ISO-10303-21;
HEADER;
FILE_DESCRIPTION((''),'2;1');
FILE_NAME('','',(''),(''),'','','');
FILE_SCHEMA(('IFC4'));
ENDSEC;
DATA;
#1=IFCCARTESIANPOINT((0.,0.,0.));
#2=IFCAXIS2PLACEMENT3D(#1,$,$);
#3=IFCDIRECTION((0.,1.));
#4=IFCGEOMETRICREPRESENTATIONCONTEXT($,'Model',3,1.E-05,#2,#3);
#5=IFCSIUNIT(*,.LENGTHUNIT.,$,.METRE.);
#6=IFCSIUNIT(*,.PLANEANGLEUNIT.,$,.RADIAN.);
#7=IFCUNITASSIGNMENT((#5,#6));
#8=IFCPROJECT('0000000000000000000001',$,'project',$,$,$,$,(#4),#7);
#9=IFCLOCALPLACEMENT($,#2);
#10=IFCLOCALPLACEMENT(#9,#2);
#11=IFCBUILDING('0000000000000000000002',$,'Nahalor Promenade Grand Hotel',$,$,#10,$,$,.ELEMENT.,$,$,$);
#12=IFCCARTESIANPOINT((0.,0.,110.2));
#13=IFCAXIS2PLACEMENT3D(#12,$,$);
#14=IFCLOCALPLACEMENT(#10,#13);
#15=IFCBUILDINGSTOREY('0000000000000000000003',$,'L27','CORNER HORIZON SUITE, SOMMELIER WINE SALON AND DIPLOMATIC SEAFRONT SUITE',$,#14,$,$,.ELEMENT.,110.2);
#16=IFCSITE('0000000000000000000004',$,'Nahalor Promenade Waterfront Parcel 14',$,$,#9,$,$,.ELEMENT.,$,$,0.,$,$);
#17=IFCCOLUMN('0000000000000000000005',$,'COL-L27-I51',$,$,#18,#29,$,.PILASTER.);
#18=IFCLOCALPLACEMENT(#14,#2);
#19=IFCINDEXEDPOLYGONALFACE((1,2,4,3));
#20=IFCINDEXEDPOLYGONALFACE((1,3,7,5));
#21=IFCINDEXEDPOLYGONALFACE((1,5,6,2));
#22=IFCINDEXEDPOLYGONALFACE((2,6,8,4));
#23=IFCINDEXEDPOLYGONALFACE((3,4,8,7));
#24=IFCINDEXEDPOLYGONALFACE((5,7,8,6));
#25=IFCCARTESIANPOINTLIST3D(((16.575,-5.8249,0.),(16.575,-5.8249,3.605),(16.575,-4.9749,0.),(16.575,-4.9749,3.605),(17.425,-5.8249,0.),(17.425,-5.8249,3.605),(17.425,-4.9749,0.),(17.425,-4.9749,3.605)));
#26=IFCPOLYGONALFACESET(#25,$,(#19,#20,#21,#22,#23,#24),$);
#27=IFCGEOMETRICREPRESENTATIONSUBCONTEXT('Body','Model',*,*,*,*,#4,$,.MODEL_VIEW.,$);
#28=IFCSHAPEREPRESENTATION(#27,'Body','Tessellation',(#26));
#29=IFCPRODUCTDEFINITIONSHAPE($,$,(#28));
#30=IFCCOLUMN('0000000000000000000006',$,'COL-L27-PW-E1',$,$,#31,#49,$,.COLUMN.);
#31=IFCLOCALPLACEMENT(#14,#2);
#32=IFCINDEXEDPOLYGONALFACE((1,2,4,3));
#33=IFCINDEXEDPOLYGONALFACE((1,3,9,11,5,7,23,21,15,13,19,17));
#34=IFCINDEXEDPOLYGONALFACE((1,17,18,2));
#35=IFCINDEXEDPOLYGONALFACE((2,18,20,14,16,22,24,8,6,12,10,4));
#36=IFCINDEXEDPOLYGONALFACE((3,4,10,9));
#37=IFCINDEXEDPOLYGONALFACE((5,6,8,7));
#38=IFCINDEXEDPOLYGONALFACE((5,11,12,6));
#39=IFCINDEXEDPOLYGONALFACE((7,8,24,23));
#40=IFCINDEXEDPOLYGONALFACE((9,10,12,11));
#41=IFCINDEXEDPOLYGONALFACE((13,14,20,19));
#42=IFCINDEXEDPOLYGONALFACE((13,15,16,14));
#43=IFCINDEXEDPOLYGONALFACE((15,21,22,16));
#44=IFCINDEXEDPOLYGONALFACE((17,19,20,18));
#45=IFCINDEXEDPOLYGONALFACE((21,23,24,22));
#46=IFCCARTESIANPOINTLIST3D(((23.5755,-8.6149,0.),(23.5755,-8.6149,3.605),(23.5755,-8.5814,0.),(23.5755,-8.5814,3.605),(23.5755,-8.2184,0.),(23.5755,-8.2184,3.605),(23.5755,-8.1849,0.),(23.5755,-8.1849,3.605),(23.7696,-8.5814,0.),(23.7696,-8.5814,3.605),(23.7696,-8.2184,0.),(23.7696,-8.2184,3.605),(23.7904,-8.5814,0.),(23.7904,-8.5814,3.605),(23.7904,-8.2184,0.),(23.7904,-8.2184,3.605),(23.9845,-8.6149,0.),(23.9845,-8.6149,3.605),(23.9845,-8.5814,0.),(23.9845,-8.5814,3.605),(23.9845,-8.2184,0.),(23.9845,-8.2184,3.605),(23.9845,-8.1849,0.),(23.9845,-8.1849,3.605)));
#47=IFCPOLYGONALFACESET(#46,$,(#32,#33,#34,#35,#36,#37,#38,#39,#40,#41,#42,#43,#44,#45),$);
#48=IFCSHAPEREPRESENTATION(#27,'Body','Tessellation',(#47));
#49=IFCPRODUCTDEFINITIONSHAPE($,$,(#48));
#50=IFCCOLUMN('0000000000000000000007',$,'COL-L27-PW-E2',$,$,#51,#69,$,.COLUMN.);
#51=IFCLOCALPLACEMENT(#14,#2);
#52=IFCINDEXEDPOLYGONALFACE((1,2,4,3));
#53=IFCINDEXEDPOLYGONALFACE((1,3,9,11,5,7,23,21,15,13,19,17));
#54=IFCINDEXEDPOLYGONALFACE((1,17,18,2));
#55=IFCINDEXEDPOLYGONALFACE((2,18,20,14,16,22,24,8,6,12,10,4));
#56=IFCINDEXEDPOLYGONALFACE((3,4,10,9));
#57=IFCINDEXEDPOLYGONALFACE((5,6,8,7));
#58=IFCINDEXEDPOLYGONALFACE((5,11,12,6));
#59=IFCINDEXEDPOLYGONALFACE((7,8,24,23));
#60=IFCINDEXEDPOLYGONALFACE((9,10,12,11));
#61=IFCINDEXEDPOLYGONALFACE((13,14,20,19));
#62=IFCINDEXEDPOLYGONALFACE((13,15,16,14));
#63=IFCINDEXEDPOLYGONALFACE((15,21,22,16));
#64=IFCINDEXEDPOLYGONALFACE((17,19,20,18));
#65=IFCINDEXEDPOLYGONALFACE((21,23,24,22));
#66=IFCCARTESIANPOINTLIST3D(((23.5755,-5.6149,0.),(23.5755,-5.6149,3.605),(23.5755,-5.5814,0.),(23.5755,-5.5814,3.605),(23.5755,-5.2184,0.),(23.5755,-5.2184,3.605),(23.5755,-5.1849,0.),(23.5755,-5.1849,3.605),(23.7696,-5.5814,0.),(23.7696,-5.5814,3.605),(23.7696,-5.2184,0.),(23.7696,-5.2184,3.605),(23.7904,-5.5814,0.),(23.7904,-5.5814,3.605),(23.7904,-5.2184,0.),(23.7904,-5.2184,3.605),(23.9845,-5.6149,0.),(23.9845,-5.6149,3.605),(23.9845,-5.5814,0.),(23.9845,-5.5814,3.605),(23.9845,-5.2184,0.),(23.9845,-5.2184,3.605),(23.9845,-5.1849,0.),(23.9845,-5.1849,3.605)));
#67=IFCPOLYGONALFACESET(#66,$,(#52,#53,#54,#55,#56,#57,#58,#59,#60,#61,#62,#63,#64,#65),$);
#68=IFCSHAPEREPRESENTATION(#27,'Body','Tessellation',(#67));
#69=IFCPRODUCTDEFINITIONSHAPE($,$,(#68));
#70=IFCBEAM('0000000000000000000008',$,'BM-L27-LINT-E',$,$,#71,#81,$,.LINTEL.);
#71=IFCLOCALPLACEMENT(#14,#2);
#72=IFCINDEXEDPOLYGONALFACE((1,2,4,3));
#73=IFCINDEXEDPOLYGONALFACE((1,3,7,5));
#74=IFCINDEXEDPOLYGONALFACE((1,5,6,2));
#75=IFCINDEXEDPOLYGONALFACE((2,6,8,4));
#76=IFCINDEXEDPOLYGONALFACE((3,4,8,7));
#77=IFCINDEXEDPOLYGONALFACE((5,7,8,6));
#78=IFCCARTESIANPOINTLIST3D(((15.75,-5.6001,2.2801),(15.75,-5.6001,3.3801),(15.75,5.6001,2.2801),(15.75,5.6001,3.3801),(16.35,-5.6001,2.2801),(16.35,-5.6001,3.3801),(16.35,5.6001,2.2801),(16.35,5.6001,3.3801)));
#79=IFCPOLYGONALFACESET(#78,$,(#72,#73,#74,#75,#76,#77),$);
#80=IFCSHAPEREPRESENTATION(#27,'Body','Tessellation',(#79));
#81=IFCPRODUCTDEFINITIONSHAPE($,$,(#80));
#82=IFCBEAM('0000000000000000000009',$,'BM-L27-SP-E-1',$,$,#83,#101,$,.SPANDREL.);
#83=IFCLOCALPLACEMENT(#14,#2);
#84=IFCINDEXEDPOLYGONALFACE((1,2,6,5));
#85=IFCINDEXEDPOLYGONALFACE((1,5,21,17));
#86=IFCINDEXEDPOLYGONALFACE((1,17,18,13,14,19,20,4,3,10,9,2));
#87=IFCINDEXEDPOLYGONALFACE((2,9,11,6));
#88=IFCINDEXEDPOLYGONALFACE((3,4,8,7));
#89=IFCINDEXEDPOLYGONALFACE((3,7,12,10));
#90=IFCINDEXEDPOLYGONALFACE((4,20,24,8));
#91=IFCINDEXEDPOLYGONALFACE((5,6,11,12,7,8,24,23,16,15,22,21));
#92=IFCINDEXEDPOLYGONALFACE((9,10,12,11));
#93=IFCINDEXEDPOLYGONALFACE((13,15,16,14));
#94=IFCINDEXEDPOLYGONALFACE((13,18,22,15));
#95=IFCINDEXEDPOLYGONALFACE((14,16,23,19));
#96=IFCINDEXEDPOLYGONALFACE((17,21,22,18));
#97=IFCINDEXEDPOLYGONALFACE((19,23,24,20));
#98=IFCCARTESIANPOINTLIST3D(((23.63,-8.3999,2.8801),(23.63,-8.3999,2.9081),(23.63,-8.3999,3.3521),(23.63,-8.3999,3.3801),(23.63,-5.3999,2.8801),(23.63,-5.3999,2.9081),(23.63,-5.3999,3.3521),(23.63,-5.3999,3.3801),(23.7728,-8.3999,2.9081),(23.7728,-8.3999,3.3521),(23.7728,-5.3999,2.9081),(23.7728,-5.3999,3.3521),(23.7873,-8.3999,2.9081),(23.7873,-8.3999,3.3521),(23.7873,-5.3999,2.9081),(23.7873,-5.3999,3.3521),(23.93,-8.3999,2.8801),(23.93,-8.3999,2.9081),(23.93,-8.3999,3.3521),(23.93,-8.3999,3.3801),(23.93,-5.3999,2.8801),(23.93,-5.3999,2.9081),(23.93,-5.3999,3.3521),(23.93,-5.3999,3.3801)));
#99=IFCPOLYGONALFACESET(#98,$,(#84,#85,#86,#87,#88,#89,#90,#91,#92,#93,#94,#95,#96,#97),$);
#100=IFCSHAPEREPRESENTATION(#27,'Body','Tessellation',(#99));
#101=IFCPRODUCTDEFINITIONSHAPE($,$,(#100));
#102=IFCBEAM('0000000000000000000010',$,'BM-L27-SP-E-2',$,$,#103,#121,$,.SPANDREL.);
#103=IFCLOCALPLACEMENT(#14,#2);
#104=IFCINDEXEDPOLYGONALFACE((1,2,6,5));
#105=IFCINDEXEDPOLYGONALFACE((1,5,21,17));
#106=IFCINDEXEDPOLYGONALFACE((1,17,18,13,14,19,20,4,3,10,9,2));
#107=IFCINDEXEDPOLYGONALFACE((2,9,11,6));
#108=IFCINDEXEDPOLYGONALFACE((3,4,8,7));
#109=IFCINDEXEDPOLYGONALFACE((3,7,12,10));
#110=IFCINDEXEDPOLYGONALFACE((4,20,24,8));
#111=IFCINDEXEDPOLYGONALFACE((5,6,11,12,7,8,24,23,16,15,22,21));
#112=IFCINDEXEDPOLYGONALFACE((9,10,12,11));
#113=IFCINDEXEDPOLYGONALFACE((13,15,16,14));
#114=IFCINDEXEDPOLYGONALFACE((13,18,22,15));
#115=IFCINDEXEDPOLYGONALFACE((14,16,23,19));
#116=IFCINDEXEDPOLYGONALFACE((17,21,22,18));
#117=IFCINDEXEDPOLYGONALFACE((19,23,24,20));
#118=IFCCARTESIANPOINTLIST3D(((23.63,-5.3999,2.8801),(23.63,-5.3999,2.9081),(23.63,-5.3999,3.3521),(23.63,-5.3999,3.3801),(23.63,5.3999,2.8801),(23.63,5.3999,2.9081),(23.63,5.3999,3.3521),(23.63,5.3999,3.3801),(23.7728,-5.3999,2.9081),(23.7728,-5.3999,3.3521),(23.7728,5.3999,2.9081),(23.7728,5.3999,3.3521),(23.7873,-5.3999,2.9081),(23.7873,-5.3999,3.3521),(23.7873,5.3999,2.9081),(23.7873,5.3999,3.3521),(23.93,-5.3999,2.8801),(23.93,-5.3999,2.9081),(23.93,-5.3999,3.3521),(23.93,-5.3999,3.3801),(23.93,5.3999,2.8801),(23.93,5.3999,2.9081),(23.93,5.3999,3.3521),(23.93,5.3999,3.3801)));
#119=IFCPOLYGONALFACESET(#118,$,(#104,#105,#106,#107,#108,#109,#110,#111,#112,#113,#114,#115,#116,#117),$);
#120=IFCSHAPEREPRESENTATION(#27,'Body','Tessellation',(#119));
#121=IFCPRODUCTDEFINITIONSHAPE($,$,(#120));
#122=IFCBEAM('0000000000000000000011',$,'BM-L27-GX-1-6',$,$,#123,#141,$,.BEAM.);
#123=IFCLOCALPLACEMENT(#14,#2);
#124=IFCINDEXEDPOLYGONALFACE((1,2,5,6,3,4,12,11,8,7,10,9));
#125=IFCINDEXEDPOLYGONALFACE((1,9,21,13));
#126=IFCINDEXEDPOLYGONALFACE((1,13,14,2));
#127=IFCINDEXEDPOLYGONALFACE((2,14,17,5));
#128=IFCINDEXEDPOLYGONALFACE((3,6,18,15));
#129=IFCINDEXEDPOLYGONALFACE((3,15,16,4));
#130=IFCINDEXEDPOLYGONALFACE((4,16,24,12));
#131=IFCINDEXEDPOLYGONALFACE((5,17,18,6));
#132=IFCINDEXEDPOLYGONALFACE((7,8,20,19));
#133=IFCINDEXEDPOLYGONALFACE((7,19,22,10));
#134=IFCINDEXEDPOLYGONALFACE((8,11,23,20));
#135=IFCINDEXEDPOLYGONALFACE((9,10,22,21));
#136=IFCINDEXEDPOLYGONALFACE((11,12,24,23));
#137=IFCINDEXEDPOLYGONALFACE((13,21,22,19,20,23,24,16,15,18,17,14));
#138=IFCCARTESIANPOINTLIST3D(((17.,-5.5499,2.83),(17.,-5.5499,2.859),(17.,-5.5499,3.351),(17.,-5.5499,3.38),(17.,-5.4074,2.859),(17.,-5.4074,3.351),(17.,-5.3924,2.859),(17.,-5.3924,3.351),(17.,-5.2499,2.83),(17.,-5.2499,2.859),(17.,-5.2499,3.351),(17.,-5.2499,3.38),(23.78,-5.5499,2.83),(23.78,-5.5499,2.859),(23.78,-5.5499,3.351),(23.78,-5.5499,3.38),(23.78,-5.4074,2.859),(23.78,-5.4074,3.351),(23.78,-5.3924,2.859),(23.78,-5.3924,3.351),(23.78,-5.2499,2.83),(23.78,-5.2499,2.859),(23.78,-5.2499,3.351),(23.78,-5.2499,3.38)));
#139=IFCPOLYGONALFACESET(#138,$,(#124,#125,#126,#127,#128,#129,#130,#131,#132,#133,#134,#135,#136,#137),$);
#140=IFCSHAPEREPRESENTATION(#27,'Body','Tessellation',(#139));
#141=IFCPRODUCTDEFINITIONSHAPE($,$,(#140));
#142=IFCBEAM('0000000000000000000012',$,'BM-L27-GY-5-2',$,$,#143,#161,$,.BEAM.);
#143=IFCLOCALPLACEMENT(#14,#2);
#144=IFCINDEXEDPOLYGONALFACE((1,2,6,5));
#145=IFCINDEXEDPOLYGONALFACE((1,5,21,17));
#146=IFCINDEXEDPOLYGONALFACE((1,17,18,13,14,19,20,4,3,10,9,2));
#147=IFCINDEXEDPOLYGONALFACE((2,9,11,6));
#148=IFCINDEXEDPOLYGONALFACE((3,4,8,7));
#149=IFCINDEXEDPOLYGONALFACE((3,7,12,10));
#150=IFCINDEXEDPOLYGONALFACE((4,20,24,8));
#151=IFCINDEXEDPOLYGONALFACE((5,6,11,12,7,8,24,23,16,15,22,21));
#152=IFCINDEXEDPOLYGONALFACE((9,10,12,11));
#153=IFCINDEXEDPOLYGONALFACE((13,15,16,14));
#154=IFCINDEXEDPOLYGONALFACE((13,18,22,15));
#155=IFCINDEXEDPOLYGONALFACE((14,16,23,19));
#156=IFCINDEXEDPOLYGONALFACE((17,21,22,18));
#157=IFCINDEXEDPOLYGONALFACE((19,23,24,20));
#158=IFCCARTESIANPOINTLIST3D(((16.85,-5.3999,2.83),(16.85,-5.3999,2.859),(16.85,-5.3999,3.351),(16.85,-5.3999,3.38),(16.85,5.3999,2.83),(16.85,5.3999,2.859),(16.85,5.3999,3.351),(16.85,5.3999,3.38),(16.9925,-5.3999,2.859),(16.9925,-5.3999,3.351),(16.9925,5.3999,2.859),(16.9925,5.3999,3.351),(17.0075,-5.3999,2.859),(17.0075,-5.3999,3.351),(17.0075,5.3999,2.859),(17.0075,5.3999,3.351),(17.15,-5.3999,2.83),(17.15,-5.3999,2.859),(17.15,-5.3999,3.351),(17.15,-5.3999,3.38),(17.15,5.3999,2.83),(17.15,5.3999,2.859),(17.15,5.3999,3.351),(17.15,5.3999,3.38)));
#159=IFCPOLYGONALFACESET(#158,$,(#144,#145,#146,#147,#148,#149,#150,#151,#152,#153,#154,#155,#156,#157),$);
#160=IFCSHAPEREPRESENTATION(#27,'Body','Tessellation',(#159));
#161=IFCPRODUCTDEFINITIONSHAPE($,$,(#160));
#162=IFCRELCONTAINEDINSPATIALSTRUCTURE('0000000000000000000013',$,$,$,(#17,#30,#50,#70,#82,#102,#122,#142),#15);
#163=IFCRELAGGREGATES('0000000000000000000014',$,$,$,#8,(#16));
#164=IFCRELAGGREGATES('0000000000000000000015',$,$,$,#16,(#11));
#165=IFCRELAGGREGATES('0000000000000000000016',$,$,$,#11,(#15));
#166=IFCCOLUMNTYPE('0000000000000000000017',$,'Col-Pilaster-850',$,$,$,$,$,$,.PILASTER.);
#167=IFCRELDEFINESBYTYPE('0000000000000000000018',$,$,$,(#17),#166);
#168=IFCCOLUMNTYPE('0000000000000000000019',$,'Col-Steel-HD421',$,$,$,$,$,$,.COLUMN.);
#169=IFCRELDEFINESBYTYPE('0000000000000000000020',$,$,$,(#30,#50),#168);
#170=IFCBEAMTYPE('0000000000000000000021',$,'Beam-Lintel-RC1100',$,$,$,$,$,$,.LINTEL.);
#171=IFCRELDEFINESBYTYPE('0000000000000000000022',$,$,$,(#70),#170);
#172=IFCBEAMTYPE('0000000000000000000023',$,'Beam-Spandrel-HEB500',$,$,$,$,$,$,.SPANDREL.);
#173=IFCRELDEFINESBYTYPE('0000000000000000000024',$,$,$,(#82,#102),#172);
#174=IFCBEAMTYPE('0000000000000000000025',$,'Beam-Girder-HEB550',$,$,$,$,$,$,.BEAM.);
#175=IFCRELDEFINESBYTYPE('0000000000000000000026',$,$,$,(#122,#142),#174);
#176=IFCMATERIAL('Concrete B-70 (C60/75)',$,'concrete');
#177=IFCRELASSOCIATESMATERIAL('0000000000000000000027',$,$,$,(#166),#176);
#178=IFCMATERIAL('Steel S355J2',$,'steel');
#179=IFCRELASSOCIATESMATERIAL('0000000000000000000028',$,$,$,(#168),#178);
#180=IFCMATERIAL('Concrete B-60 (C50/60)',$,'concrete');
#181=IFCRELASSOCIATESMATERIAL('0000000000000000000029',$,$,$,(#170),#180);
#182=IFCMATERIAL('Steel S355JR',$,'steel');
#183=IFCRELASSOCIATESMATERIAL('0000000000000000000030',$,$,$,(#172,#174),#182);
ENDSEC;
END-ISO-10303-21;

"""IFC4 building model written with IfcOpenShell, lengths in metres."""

from ifc_helpers import new_model, si_unit, direction, frame, origin, origin_2d, place, context, subcontext, project, spatial, rectangle, i_section, extrude, source, transform, mapped, material, material_profile, profile_set, type_object, element, save


model = new_model("IFC4")

# Units and contexts
model_context = context("Model", 3, precision=1e-05, world=origin(), true_north=direction((0.0, 1.0)))
body_context = subcontext(model_context, "Body", "Model", "MODEL_VIEW")
ifc_project = project(units=[si_unit("LENGTHUNIT", "METRE"), si_unit("PLANEANGLEUNIT", "RADIAN")], contexts=[model_context])

# Site, building, storey
site_placement = place(None, origin())
site = spatial("IfcSite", under=ifc_project, at=site_placement, Name="Nahalor Promenade Waterfront Parcel 14", CompositionType="ELEMENT", RefElevation=0.0)
building_placement = place(site_placement, origin())
building = spatial("IfcBuilding", under=site, at=building_placement, Name="Nahalor Promenade Grand Hotel", CompositionType="ELEMENT")
storey_placement = place(building_placement, frame((0.0, 0.0, 110.2)))
storey = spatial("IfcBuildingStorey", under=building, at=storey_placement, Name="L27", Description="CORNER HORIZON SUITE, SOMMELIER WINE SALON AND DIPLOMATIC SEAFRONT SUITE", CompositionType="ELEMENT", Elevation=110.2)

# Columns
ifc_material_1 = material(Name="Concrete B-70 (C60/75)", Category="concrete")
ifc_material_profile_1 = material_profile(ifc_material_1, rectangle(XDim=0.85, YDim=0.85, at=origin_2d()), Name="RC 850x850")
ifc_profile_set_1 = profile_set([ifc_material_profile_1], Name="Concrete B-70 (C60/75)")
column_type_1 = type_object("IfcColumnType", Name="Col-Pilaster-850", PredefinedType="PILASTER", material=ifc_profile_set_1)
shared_shape_1 = source(origin(), body_context, "Body", "SweptSolid", [
    extrude(rectangle(XDim=0.85, YDim=0.85, at=origin_2d()), origin(), (0.0, 0.0, 1.0), 3.605),
])
column_placement = place(storey_placement, frame((17.0, -5.3999, 0.0), z_axis=(0.0, 0.0, 1.0), x_axis=(1.0, 0.0, 0.0)))
element("IfcColumn", 1, at=column_placement, inside=storey, type_object=column_type_1, Name="COL-L27-I51", PredefinedType="PILASTER", context=body_context, shape_type="MappedRepresentation", body=[
    mapped(shared_shape_1, transform((0.0, 0.0, 0.0), scale=1.0)),
])
ifc_material_2 = material(Name="Steel S355J2", Category="steel")
ifc_material_profile_2 = material_profile(ifc_material_2, i_section(OverallWidth=0.409, OverallDepth=0.43, WebThickness=0.0208, FlangeThickness=0.0335, at=origin_2d()), Name="HD 400x421")
ifc_profile_set_2 = profile_set([ifc_material_profile_2], Name="Steel S355J2")
column_type_2 = type_object("IfcColumnType", Name="Col-Steel-HD421", PredefinedType="COLUMN", material=ifc_profile_set_2)
shared_shape_2 = source(origin(), body_context, "Body", "SweptSolid", [
    extrude(i_section(OverallWidth=0.409, OverallDepth=0.43, WebThickness=0.0208, FlangeThickness=0.0335, at=origin_2d()), origin(), (0.0, 0.0, 1.0), 3.605),
])
for number, where, z_axis, x_axis, name in (
    (2, (23.78, -8.3999, 0.0), (0.0, 0.0, 1.0), (1.0, 0.0, 0.0), "COL-L27-PW-E1"),
    (3, (23.78, -5.3999, 0.0), (0.0, 0.0, 1.0), (1.0, 0.0, 0.0), "COL-L27-PW-E2"),
):
    element("IfcColumn", number, at=place(storey_placement, frame(where, z_axis=z_axis, x_axis=x_axis)), inside=storey, type_object=column_type_2, Name=name, PredefinedType="COLUMN", context=body_context, shape_type="MappedRepresentation", body=[
        mapped(shared_shape_2, transform((0.0, 0.0, 0.0), scale=1.0)),
    ])

# Beams
ifc_material_3 = material(Name="Concrete B-60 (C50/60)", Category="concrete")
ifc_material_profile_3 = material_profile(ifc_material_3, rectangle(XDim=0.6, YDim=1.1, at=origin_2d()), Name="RC 600x1100")
ifc_profile_set_3 = profile_set([ifc_material_profile_3], Name="Concrete B-60 (C50/60)")
beam_type_1 = type_object("IfcBeamType", Name="Beam-Lintel-RC1100", PredefinedType="LINTEL", material=ifc_profile_set_3)
shared_shape_3 = source(origin(), body_context, "Body", "SweptSolid", [
    extrude(rectangle(XDim=0.6, YDim=1.1, at=origin_2d()), origin(), (0.0, 0.0, 1.0), 11.2002),
])
beam_1_placement = place(storey_placement, frame((16.05, -5.6001, 2.8301), z_axis=(0.0, 1.0, 0.0), x_axis=(-1.0, 0.0, 0.0)))
element("IfcBeam", 4, at=beam_1_placement, inside=storey, type_object=beam_type_1, Name="BM-L27-LINT-E", PredefinedType="LINTEL", context=body_context, shape_type="MappedRepresentation", body=[
    mapped(shared_shape_3, transform((0.0, 0.0, 0.0), scale=1.0)),
])
ifc_material_4 = material(Name="Steel S355JR", Category="steel")
ifc_material_profile_4 = material_profile(ifc_material_4, i_section(OverallWidth=0.3, OverallDepth=0.5, WebThickness=0.0145, FlangeThickness=0.028, at=origin_2d()), Name="HEB 500")
ifc_profile_set_4 = profile_set([ifc_material_profile_4], Name="Steel S355JR")
beam_type_2 = type_object("IfcBeamType", Name="Beam-Spandrel-HEB500", PredefinedType="SPANDREL", material=ifc_profile_set_4)
shared_shape_4 = source(origin(), body_context, "Body", "SweptSolid", [
    extrude(i_section(OverallWidth=0.3, OverallDepth=0.5, WebThickness=0.0145, FlangeThickness=0.028, at=origin_2d()), origin(), (0.0, 0.0, 1.0), 3.0),
])
beam_2_placement = place(storey_placement, frame((23.78, -8.3999, 3.1301), z_axis=(0.0, 1.0, 0.0), x_axis=(-1.0, 0.0, 0.0)))
element("IfcBeam", 5, at=beam_2_placement, inside=storey, type_object=beam_type_2, Name="BM-L27-SP-E-1", PredefinedType="SPANDREL", context=body_context, shape_type="MappedRepresentation", body=[
    mapped(shared_shape_4, transform((0.0, 0.0, 0.0), scale=1.0)),
])
shared_shape_5 = source(origin(), body_context, "Body", "SweptSolid", [
    extrude(i_section(OverallWidth=0.3, OverallDepth=0.5, WebThickness=0.0145, FlangeThickness=0.028, at=origin_2d()), origin(), (0.0, 0.0, 1.0), 10.7998),
])
beam_3_placement = place(storey_placement, frame((23.78, -5.3999, 3.1301), z_axis=(0.0, 1.0, 0.0), x_axis=(-1.0, 0.0, 0.0)))
element("IfcBeam", 6, at=beam_3_placement, inside=storey, type_object=beam_type_2, Name="BM-L27-SP-E-2", PredefinedType="SPANDREL", context=body_context, shape_type="MappedRepresentation", body=[
    mapped(shared_shape_5, transform((0.0, 0.0, 0.0), scale=1.0)),
])
ifc_material_profile_5 = material_profile(ifc_material_4, i_section(OverallWidth=0.3, OverallDepth=0.55, WebThickness=0.015, FlangeThickness=0.029, at=origin_2d()), Name="HEB 550")
ifc_profile_set_5 = profile_set([ifc_material_profile_5], Name="Steel S355JR")
beam_type_3 = type_object("IfcBeamType", Name="Beam-Girder-HEB550", PredefinedType="BEAM", material=ifc_profile_set_5)
shared_shape_6 = source(origin(), body_context, "Body", "SweptSolid", [
    extrude(i_section(OverallWidth=0.3, OverallDepth=0.55, WebThickness=0.015, FlangeThickness=0.029, at=origin_2d()), origin(), (0.0, 0.0, 1.0), 6.78),
])
beam_4_placement = place(storey_placement, frame((17.0, -5.3999, 3.105), z_axis=(1.0, 0.0, 0.0), x_axis=(0.0, 1.0, 0.0)))
element("IfcBeam", 7, at=beam_4_placement, inside=storey, type_object=beam_type_3, Name="BM-L27-GX-1-6", PredefinedType="BEAM", context=body_context, shape_type="MappedRepresentation", body=[
    mapped(shared_shape_6, transform((0.0, 0.0, 0.0), scale=1.0)),
])
shared_shape_7 = source(origin(), body_context, "Body", "SweptSolid", [
    extrude(i_section(OverallWidth=0.3, OverallDepth=0.55, WebThickness=0.015, FlangeThickness=0.029, at=origin_2d()), origin(), (0.0, 0.0, 1.0), 10.7998),
])
beam_5_placement = place(storey_placement, frame((17.0, -5.3999, 3.105), z_axis=(0.0, 1.0, 0.0), x_axis=(-1.0, 0.0, 0.0)))
element("IfcBeam", 8, at=beam_5_placement, inside=storey, type_object=beam_type_3, Name="BM-L27-GY-5-2", PredefinedType="BEAM", context=body_context, shape_type="MappedRepresentation", body=[
    mapped(shared_shape_7, transform((0.0, 0.0, 0.0), scale=1.0)),
])

save(model, "model.ifc")
